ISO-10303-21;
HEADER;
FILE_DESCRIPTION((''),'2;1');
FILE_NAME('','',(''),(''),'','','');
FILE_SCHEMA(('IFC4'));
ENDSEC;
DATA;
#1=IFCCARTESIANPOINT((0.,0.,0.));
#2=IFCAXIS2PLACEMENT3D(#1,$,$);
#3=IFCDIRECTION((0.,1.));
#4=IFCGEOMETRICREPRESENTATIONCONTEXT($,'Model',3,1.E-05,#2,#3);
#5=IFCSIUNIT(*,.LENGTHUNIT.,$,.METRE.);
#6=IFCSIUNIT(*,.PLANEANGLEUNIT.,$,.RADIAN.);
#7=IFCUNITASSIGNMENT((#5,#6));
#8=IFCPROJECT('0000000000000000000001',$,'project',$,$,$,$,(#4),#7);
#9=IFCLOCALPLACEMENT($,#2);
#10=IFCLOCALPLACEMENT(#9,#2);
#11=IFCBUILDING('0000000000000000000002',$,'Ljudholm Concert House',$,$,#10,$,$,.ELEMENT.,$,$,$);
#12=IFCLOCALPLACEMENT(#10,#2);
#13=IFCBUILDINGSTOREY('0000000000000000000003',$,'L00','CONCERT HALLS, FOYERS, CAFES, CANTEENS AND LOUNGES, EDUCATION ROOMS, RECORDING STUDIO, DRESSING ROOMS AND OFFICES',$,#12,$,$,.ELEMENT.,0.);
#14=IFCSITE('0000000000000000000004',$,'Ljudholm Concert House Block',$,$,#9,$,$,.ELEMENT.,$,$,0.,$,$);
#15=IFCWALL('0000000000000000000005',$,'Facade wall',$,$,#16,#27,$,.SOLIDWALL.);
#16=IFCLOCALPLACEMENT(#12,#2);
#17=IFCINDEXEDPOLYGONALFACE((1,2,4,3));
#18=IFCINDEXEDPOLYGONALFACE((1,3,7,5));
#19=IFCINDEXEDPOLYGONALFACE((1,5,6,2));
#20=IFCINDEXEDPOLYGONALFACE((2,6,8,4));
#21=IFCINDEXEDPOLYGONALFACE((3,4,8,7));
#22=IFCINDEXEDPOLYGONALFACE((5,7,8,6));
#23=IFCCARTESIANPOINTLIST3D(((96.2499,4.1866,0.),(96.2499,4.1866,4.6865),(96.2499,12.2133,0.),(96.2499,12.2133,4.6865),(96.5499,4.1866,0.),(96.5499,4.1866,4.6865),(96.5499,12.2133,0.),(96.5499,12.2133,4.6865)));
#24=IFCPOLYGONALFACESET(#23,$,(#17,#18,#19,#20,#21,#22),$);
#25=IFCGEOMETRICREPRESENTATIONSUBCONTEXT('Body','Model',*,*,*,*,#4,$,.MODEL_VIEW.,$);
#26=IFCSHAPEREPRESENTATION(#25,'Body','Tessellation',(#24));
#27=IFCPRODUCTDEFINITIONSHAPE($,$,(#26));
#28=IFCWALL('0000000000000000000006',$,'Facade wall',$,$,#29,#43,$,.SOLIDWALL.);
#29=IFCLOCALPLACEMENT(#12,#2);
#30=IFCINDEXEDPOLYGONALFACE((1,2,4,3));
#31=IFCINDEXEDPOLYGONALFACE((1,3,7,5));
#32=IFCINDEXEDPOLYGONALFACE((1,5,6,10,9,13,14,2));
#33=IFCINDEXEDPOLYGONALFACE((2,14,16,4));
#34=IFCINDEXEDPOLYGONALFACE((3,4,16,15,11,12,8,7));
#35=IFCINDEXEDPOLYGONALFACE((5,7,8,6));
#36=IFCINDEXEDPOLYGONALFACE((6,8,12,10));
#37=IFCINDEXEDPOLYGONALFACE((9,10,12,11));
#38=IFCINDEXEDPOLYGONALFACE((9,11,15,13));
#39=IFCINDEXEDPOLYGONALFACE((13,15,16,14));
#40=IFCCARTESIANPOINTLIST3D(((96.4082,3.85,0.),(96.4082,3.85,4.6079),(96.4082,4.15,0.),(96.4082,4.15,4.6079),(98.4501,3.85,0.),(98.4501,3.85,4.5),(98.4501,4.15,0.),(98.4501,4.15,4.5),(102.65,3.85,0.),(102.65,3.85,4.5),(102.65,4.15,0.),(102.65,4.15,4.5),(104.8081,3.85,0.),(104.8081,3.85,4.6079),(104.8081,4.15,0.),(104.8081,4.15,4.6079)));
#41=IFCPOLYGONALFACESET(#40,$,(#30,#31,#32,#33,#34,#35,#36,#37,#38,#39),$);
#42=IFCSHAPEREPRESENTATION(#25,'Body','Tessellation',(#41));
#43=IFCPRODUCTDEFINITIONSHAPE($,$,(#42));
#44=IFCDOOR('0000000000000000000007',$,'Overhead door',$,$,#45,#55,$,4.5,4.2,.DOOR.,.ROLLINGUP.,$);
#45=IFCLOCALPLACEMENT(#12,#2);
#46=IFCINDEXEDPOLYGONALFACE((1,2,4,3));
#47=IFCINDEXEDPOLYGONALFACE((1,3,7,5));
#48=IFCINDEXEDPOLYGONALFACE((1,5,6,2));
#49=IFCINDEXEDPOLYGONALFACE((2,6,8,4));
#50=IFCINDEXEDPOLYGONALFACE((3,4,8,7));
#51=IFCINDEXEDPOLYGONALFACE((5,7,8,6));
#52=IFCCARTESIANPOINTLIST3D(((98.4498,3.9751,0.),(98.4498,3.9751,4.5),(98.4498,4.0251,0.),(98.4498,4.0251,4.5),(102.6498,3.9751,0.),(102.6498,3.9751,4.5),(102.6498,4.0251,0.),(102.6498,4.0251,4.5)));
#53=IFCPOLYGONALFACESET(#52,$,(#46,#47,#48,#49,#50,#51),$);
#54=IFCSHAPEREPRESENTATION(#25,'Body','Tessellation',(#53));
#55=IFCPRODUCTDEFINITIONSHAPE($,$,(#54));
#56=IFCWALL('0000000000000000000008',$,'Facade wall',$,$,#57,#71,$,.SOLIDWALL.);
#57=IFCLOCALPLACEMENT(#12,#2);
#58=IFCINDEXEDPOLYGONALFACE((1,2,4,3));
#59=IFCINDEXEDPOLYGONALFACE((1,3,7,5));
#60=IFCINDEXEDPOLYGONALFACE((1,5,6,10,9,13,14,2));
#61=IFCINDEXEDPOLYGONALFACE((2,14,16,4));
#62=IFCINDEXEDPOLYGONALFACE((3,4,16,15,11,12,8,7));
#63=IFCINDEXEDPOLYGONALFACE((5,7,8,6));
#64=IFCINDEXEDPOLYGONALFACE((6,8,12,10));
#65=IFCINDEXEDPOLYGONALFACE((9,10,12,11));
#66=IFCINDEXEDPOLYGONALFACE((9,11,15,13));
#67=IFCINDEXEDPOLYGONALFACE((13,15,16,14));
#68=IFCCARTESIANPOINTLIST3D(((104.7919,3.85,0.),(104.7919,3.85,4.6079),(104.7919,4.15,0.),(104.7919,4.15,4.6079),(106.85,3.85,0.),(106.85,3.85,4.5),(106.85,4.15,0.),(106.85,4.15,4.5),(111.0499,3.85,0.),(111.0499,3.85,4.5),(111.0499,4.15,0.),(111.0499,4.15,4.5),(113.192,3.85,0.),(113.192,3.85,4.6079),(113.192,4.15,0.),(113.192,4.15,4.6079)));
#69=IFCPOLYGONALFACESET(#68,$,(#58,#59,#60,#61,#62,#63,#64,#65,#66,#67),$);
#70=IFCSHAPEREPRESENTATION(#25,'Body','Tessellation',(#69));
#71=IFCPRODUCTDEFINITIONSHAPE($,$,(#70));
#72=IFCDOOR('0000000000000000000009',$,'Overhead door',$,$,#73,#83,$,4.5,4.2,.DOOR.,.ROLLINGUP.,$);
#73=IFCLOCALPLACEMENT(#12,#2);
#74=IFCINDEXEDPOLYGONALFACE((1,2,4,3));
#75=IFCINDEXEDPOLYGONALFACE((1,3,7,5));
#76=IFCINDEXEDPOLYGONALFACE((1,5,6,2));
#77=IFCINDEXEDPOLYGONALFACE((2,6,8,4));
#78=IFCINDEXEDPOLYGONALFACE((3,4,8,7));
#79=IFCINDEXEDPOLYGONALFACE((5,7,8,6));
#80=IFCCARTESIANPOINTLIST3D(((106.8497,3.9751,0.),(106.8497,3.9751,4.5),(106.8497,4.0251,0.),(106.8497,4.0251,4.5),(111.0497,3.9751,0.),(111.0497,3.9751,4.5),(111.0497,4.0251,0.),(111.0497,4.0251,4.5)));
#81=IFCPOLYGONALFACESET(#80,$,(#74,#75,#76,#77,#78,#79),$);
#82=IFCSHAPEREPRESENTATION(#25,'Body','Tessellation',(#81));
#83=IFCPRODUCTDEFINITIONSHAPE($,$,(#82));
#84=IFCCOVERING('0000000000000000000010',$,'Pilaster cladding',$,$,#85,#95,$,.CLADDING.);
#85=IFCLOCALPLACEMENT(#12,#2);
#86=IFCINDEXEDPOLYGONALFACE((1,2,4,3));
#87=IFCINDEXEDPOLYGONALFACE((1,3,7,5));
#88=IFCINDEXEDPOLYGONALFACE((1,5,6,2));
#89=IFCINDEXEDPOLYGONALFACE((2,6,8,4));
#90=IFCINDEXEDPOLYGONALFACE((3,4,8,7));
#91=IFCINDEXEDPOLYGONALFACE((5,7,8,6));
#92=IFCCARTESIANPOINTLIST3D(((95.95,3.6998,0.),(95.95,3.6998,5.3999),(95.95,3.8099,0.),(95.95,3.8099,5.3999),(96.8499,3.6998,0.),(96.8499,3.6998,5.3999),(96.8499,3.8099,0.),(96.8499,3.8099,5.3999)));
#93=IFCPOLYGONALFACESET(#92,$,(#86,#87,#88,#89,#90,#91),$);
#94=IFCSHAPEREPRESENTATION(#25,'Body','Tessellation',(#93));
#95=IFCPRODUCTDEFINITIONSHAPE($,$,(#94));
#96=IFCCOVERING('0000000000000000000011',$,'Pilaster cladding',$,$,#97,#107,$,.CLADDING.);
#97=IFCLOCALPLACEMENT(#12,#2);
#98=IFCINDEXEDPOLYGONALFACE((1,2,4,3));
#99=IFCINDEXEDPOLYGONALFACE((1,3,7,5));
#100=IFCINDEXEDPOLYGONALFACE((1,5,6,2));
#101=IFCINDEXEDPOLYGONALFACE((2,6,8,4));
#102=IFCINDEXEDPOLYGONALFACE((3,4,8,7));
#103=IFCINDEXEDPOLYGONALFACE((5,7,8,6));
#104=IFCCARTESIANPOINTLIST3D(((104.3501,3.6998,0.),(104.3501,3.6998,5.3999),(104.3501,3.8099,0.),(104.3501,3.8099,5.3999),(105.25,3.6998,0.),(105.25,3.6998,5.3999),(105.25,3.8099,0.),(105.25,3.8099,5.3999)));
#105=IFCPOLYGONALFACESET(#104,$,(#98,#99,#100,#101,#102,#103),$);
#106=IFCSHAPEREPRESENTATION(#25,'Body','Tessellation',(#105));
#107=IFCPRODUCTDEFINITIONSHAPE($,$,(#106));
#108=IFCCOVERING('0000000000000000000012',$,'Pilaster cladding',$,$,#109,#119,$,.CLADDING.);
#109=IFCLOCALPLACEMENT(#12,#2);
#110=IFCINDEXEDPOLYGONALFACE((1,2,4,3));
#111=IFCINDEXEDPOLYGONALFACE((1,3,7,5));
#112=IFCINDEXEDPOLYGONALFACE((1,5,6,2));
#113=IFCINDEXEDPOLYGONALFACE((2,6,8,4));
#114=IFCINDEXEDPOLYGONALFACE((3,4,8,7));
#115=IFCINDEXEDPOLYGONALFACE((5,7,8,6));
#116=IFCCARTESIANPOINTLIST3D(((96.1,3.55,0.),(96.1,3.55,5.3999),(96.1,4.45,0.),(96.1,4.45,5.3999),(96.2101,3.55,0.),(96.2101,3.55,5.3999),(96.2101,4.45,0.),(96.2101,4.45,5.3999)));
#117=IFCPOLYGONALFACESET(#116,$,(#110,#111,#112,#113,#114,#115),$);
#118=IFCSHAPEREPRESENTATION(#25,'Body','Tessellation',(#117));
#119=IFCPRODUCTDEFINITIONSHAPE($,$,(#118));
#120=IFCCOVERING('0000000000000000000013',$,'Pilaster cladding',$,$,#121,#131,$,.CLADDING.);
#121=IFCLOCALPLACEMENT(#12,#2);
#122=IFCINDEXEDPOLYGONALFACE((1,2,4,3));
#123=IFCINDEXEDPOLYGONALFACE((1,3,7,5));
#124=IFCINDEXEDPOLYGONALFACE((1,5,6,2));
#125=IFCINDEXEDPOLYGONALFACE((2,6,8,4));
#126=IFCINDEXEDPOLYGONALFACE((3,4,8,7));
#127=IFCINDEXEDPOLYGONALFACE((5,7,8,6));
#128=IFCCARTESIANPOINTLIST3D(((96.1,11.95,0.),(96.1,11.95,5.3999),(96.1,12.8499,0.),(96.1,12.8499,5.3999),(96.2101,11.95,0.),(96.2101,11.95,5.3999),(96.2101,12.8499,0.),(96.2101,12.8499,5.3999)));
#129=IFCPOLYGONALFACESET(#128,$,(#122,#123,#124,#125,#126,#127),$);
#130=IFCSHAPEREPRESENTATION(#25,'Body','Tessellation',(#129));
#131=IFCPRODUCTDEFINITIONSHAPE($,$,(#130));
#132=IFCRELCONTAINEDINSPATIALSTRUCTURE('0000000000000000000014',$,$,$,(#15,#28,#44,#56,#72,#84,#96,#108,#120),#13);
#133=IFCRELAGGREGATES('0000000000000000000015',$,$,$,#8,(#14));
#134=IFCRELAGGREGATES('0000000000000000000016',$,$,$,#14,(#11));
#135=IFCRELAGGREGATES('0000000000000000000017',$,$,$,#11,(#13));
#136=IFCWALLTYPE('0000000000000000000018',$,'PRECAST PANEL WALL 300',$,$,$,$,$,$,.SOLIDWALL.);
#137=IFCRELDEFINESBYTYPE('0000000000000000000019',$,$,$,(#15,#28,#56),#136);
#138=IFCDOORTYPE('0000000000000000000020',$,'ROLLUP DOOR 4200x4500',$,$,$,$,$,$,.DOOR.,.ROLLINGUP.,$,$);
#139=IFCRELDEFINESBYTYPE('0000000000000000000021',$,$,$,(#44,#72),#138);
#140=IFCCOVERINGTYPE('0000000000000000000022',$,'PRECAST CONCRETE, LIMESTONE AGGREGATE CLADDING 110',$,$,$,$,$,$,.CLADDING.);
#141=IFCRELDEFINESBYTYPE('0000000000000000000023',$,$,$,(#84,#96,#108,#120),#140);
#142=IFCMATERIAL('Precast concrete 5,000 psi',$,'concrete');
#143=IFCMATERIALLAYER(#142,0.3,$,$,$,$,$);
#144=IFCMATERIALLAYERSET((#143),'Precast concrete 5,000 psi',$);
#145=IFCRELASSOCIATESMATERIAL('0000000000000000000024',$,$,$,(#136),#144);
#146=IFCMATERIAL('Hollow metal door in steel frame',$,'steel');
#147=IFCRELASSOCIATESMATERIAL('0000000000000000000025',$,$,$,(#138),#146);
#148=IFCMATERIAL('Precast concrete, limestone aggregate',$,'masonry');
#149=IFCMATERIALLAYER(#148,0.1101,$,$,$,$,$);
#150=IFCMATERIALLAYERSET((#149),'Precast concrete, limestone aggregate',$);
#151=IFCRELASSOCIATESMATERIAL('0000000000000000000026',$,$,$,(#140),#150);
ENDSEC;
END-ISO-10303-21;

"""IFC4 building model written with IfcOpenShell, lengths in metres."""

from ifc_helpers import new_model, si_unit, direction, frame, frame_2d, origin, origin_2d, place, context, subcontext, project, spatial, rectangle, extrude, material, layer, layer_set, type_object, element, fill, save


model = new_model("IFC4")

# Units and contexts
model_context = context("Model", 3, precision=1e-05, world=origin(), true_north=direction((0.0, 1.0)))
body_context = subcontext(model_context, "Body", "Model", "MODEL_VIEW")
ifc_project = project(units=[si_unit("LENGTHUNIT", "METRE"), si_unit("PLANEANGLEUNIT", "RADIAN")], contexts=[model_context])

# Site, building, storey
site_placement = place(None, origin())
site = spatial("IfcSite", under=ifc_project, at=site_placement, Name="Ljudholm Concert House Block", CompositionType="ELEMENT", RefElevation=0.0)
building_placement = place(site_placement, origin())
building = spatial("IfcBuilding", under=site, at=building_placement, Name="Ljudholm Concert House", CompositionType="ELEMENT")
storey_placement = place(building_placement, origin())
storey = spatial("IfcBuildingStorey", under=building, at=storey_placement, Name="L00", Description="CONCERT HALLS, FOYERS, CAFES, CANTEENS AND LOUNGES, EDUCATION ROOMS, RECORDING STUDIO, DRESSING ROOMS AND OFFICES", CompositionType="ELEMENT", Elevation=0.0)

# Wall
ifc_material_1 = material(Name="Precast concrete 5,000 psi", Category="concrete")
ifc_layer_1 = layer(ifc_material_1, 0.3)
ifc_layer_set_1 = layer_set([ifc_layer_1], Name="Precast concrete 5,000 psi")
wall_type_1 = type_object("IfcWallType", Name="PRECAST PANEL WALL 300", PredefinedType="SOLIDWALL", material=ifc_layer_set_1)
wall_1_placement = place(storey_placement, frame((96.3999, 4.1868, 0.0), z_axis=(0.0, 0.0, 1.0), x_axis=(0.0, 1.0, 0.0)))
element("IfcWall", 1, at=wall_1_placement, inside=storey, type_object=wall_type_1, Name="Facade wall", PredefinedType="SOLIDWALL", context=body_context, shape_type="SweptSolid", body=[
    extrude(rectangle(XDim=8.0266, YDim=0.3, at=frame_2d((4.0132, 0.0))), origin(), (0.0, 0.0, 1.0), 4.6865),
])

# Walls, openings, doors
wall_2_placement = place(storey_placement, frame((96.4082, 4.0, 0.0), z_axis=(0.0, 0.0, 1.0), x_axis=(1.0, 0.0, 0.0)))
wall_2 = element("IfcWall", 2, at=wall_2_placement, inside=storey, type_object=wall_type_1, Name="Facade wall", PredefinedType="SOLIDWALL", context=body_context, shape_type="SweptSolid", body=[
    extrude(rectangle(XDim=8.3999, YDim=0.3, at=frame_2d((4.2, 0.0))), origin(), (0.0, 0.0, 1.0), 4.6079),
])
opening_1_placement = place(wall_2_placement, frame((2.0417, 0.0, 0.0)))
opening_1 = element("IfcOpeningElement", 3, at=opening_1_placement, cuts=wall_2, PredefinedType="OPENING", context=body_context, shape_type="SweptSolid", body=[
    extrude(rectangle(XDim=4.2, YDim=4.5, at=frame_2d((2.1001, 2.25))), frame((0.0, 0.1599, 0.0), z_axis=(0.0, -1.0, 0.0), x_axis=(1.0, 0.0, 0.0)), (0.0, 0.0, 1.0), 0.3201),
])
ifc_material_2 = material(Name="Hollow metal door in steel frame", Category="steel")
door_type = type_object("IfcDoorType", Name="ROLLUP DOOR 4200x4500", OperationType="ROLLINGUP", PredefinedType="DOOR", material=ifc_material_2)
door_1_placement = place(opening_1_placement, frame((4.2, 0.0, 0.0), z_axis=(0.0, 0.0, 1.0), x_axis=(-1.0, 0.0, 0.0)))
door_1 = element("IfcDoor", 4, at=door_1_placement, inside=storey, type_object=door_type, Name="Overhead door", OperationType="ROLLINGUP", OverallHeight=4.5, OverallWidth=4.2, PredefinedType="DOOR", context=body_context, shape_type="SweptSolid", body=[
    extrude(rectangle(XDim=4.2, YDim=4.5, at=frame_2d((2.1001, 2.25))), frame((0.0, 0.0249, 0.0), z_axis=(0.0, -1.0, 0.0), x_axis=(1.0, 0.0, 0.0)), (0.0, 0.0, 1.0), 0.05),
])
fill(opening_1, door_1)
wall_3_placement = place(storey_placement, frame((104.7917, 4.0, 0.0), z_axis=(0.0, 0.0, 1.0), x_axis=(1.0, 0.0, 0.0)))
wall_3 = element("IfcWall", 5, at=wall_3_placement, inside=storey, type_object=wall_type_1, Name="Facade wall", PredefinedType="SOLIDWALL", context=body_context, shape_type="SweptSolid", body=[
    extrude(rectangle(XDim=8.4001, YDim=0.3, at=frame_2d((4.2002, 0.0))), origin(), (0.0, 0.0, 1.0), 4.6079),
])
opening_2_placement = place(wall_3_placement, frame((2.0581, 0.0, 0.0)))
opening_2 = element("IfcOpeningElement", 6, at=opening_2_placement, cuts=wall_3, PredefinedType="OPENING", context=body_context, shape_type="SweptSolid", body=[
    extrude(rectangle(XDim=4.2, YDim=4.5, at=frame_2d((2.1001, 2.25))), frame((0.0, 0.1599, 0.0), z_axis=(0.0, -1.0, 0.0), x_axis=(1.0, 0.0, 0.0)), (0.0, 0.0, 1.0), 0.3201),
])
door_2_placement = place(opening_2_placement, frame((4.2, 0.0, 0.0), z_axis=(0.0, 0.0, 1.0), x_axis=(-1.0, 0.0, 0.0)))
door_2 = element("IfcDoor", 7, at=door_2_placement, inside=storey, type_object=door_type, Name="Overhead door", OperationType="ROLLINGUP", OverallHeight=4.5, OverallWidth=4.2, PredefinedType="DOOR", context=body_context, shape_type="SweptSolid", body=[
    extrude(rectangle(XDim=4.2, YDim=4.5, at=frame_2d((2.1001, 2.25))), frame((0.0, 0.0249, 0.0), z_axis=(0.0, -1.0, 0.0), x_axis=(1.0, 0.0, 0.0)), (0.0, 0.0, 1.0), 0.05),
])
fill(opening_2, door_2)

# Coverings
ifc_material_3 = material(Name="Precast concrete, limestone aggregate", Category="masonry")
ifc_layer_2 = layer(ifc_material_3, 0.1101)
ifc_layer_set_2 = layer_set([ifc_layer_2], Name="Precast concrete, limestone aggregate")
covering_type = type_object("IfcCoveringType", Name="PRECAST CONCRETE, LIMESTONE AGGREGATE CLADDING 110", PredefinedType="CLADDING", material=ifc_layer_set_2)
for number, where, z_axis, x_axis, name in (
    (8, (96.3999, 3.7549, 0.0), (0.0, 0.0, 1.0), (0.0, -1.0, 0.0), "Pilaster cladding"),
    (9, (104.8, 3.7549, 0.0), (0.0, 0.0, 1.0), (0.0, -1.0, 0.0), "Pilaster cladding"),
    (10, (96.155, 4.0, 0.0), (0.0, 0.0, 1.0), (-1.0, 0.0, 0.0), "Pilaster cladding"),
    (11, (96.155, 12.3999, 0.0), (0.0, 0.0, 1.0), (-1.0, 0.0, 0.0), "Pilaster cladding"),
):
    element("IfcCovering", number, at=place(storey_placement, frame(where, z_axis=z_axis, x_axis=x_axis)), inside=storey, type_object=covering_type, Name=name, PredefinedType="CLADDING", context=body_context, shape_type="SweptSolid", body=[
        extrude(rectangle(XDim=0.1101, YDim=0.8999, at=origin_2d()), origin(), (0.0, 0.0, 1.0), 5.3999),
    ])

save(model, "model.ifc")
